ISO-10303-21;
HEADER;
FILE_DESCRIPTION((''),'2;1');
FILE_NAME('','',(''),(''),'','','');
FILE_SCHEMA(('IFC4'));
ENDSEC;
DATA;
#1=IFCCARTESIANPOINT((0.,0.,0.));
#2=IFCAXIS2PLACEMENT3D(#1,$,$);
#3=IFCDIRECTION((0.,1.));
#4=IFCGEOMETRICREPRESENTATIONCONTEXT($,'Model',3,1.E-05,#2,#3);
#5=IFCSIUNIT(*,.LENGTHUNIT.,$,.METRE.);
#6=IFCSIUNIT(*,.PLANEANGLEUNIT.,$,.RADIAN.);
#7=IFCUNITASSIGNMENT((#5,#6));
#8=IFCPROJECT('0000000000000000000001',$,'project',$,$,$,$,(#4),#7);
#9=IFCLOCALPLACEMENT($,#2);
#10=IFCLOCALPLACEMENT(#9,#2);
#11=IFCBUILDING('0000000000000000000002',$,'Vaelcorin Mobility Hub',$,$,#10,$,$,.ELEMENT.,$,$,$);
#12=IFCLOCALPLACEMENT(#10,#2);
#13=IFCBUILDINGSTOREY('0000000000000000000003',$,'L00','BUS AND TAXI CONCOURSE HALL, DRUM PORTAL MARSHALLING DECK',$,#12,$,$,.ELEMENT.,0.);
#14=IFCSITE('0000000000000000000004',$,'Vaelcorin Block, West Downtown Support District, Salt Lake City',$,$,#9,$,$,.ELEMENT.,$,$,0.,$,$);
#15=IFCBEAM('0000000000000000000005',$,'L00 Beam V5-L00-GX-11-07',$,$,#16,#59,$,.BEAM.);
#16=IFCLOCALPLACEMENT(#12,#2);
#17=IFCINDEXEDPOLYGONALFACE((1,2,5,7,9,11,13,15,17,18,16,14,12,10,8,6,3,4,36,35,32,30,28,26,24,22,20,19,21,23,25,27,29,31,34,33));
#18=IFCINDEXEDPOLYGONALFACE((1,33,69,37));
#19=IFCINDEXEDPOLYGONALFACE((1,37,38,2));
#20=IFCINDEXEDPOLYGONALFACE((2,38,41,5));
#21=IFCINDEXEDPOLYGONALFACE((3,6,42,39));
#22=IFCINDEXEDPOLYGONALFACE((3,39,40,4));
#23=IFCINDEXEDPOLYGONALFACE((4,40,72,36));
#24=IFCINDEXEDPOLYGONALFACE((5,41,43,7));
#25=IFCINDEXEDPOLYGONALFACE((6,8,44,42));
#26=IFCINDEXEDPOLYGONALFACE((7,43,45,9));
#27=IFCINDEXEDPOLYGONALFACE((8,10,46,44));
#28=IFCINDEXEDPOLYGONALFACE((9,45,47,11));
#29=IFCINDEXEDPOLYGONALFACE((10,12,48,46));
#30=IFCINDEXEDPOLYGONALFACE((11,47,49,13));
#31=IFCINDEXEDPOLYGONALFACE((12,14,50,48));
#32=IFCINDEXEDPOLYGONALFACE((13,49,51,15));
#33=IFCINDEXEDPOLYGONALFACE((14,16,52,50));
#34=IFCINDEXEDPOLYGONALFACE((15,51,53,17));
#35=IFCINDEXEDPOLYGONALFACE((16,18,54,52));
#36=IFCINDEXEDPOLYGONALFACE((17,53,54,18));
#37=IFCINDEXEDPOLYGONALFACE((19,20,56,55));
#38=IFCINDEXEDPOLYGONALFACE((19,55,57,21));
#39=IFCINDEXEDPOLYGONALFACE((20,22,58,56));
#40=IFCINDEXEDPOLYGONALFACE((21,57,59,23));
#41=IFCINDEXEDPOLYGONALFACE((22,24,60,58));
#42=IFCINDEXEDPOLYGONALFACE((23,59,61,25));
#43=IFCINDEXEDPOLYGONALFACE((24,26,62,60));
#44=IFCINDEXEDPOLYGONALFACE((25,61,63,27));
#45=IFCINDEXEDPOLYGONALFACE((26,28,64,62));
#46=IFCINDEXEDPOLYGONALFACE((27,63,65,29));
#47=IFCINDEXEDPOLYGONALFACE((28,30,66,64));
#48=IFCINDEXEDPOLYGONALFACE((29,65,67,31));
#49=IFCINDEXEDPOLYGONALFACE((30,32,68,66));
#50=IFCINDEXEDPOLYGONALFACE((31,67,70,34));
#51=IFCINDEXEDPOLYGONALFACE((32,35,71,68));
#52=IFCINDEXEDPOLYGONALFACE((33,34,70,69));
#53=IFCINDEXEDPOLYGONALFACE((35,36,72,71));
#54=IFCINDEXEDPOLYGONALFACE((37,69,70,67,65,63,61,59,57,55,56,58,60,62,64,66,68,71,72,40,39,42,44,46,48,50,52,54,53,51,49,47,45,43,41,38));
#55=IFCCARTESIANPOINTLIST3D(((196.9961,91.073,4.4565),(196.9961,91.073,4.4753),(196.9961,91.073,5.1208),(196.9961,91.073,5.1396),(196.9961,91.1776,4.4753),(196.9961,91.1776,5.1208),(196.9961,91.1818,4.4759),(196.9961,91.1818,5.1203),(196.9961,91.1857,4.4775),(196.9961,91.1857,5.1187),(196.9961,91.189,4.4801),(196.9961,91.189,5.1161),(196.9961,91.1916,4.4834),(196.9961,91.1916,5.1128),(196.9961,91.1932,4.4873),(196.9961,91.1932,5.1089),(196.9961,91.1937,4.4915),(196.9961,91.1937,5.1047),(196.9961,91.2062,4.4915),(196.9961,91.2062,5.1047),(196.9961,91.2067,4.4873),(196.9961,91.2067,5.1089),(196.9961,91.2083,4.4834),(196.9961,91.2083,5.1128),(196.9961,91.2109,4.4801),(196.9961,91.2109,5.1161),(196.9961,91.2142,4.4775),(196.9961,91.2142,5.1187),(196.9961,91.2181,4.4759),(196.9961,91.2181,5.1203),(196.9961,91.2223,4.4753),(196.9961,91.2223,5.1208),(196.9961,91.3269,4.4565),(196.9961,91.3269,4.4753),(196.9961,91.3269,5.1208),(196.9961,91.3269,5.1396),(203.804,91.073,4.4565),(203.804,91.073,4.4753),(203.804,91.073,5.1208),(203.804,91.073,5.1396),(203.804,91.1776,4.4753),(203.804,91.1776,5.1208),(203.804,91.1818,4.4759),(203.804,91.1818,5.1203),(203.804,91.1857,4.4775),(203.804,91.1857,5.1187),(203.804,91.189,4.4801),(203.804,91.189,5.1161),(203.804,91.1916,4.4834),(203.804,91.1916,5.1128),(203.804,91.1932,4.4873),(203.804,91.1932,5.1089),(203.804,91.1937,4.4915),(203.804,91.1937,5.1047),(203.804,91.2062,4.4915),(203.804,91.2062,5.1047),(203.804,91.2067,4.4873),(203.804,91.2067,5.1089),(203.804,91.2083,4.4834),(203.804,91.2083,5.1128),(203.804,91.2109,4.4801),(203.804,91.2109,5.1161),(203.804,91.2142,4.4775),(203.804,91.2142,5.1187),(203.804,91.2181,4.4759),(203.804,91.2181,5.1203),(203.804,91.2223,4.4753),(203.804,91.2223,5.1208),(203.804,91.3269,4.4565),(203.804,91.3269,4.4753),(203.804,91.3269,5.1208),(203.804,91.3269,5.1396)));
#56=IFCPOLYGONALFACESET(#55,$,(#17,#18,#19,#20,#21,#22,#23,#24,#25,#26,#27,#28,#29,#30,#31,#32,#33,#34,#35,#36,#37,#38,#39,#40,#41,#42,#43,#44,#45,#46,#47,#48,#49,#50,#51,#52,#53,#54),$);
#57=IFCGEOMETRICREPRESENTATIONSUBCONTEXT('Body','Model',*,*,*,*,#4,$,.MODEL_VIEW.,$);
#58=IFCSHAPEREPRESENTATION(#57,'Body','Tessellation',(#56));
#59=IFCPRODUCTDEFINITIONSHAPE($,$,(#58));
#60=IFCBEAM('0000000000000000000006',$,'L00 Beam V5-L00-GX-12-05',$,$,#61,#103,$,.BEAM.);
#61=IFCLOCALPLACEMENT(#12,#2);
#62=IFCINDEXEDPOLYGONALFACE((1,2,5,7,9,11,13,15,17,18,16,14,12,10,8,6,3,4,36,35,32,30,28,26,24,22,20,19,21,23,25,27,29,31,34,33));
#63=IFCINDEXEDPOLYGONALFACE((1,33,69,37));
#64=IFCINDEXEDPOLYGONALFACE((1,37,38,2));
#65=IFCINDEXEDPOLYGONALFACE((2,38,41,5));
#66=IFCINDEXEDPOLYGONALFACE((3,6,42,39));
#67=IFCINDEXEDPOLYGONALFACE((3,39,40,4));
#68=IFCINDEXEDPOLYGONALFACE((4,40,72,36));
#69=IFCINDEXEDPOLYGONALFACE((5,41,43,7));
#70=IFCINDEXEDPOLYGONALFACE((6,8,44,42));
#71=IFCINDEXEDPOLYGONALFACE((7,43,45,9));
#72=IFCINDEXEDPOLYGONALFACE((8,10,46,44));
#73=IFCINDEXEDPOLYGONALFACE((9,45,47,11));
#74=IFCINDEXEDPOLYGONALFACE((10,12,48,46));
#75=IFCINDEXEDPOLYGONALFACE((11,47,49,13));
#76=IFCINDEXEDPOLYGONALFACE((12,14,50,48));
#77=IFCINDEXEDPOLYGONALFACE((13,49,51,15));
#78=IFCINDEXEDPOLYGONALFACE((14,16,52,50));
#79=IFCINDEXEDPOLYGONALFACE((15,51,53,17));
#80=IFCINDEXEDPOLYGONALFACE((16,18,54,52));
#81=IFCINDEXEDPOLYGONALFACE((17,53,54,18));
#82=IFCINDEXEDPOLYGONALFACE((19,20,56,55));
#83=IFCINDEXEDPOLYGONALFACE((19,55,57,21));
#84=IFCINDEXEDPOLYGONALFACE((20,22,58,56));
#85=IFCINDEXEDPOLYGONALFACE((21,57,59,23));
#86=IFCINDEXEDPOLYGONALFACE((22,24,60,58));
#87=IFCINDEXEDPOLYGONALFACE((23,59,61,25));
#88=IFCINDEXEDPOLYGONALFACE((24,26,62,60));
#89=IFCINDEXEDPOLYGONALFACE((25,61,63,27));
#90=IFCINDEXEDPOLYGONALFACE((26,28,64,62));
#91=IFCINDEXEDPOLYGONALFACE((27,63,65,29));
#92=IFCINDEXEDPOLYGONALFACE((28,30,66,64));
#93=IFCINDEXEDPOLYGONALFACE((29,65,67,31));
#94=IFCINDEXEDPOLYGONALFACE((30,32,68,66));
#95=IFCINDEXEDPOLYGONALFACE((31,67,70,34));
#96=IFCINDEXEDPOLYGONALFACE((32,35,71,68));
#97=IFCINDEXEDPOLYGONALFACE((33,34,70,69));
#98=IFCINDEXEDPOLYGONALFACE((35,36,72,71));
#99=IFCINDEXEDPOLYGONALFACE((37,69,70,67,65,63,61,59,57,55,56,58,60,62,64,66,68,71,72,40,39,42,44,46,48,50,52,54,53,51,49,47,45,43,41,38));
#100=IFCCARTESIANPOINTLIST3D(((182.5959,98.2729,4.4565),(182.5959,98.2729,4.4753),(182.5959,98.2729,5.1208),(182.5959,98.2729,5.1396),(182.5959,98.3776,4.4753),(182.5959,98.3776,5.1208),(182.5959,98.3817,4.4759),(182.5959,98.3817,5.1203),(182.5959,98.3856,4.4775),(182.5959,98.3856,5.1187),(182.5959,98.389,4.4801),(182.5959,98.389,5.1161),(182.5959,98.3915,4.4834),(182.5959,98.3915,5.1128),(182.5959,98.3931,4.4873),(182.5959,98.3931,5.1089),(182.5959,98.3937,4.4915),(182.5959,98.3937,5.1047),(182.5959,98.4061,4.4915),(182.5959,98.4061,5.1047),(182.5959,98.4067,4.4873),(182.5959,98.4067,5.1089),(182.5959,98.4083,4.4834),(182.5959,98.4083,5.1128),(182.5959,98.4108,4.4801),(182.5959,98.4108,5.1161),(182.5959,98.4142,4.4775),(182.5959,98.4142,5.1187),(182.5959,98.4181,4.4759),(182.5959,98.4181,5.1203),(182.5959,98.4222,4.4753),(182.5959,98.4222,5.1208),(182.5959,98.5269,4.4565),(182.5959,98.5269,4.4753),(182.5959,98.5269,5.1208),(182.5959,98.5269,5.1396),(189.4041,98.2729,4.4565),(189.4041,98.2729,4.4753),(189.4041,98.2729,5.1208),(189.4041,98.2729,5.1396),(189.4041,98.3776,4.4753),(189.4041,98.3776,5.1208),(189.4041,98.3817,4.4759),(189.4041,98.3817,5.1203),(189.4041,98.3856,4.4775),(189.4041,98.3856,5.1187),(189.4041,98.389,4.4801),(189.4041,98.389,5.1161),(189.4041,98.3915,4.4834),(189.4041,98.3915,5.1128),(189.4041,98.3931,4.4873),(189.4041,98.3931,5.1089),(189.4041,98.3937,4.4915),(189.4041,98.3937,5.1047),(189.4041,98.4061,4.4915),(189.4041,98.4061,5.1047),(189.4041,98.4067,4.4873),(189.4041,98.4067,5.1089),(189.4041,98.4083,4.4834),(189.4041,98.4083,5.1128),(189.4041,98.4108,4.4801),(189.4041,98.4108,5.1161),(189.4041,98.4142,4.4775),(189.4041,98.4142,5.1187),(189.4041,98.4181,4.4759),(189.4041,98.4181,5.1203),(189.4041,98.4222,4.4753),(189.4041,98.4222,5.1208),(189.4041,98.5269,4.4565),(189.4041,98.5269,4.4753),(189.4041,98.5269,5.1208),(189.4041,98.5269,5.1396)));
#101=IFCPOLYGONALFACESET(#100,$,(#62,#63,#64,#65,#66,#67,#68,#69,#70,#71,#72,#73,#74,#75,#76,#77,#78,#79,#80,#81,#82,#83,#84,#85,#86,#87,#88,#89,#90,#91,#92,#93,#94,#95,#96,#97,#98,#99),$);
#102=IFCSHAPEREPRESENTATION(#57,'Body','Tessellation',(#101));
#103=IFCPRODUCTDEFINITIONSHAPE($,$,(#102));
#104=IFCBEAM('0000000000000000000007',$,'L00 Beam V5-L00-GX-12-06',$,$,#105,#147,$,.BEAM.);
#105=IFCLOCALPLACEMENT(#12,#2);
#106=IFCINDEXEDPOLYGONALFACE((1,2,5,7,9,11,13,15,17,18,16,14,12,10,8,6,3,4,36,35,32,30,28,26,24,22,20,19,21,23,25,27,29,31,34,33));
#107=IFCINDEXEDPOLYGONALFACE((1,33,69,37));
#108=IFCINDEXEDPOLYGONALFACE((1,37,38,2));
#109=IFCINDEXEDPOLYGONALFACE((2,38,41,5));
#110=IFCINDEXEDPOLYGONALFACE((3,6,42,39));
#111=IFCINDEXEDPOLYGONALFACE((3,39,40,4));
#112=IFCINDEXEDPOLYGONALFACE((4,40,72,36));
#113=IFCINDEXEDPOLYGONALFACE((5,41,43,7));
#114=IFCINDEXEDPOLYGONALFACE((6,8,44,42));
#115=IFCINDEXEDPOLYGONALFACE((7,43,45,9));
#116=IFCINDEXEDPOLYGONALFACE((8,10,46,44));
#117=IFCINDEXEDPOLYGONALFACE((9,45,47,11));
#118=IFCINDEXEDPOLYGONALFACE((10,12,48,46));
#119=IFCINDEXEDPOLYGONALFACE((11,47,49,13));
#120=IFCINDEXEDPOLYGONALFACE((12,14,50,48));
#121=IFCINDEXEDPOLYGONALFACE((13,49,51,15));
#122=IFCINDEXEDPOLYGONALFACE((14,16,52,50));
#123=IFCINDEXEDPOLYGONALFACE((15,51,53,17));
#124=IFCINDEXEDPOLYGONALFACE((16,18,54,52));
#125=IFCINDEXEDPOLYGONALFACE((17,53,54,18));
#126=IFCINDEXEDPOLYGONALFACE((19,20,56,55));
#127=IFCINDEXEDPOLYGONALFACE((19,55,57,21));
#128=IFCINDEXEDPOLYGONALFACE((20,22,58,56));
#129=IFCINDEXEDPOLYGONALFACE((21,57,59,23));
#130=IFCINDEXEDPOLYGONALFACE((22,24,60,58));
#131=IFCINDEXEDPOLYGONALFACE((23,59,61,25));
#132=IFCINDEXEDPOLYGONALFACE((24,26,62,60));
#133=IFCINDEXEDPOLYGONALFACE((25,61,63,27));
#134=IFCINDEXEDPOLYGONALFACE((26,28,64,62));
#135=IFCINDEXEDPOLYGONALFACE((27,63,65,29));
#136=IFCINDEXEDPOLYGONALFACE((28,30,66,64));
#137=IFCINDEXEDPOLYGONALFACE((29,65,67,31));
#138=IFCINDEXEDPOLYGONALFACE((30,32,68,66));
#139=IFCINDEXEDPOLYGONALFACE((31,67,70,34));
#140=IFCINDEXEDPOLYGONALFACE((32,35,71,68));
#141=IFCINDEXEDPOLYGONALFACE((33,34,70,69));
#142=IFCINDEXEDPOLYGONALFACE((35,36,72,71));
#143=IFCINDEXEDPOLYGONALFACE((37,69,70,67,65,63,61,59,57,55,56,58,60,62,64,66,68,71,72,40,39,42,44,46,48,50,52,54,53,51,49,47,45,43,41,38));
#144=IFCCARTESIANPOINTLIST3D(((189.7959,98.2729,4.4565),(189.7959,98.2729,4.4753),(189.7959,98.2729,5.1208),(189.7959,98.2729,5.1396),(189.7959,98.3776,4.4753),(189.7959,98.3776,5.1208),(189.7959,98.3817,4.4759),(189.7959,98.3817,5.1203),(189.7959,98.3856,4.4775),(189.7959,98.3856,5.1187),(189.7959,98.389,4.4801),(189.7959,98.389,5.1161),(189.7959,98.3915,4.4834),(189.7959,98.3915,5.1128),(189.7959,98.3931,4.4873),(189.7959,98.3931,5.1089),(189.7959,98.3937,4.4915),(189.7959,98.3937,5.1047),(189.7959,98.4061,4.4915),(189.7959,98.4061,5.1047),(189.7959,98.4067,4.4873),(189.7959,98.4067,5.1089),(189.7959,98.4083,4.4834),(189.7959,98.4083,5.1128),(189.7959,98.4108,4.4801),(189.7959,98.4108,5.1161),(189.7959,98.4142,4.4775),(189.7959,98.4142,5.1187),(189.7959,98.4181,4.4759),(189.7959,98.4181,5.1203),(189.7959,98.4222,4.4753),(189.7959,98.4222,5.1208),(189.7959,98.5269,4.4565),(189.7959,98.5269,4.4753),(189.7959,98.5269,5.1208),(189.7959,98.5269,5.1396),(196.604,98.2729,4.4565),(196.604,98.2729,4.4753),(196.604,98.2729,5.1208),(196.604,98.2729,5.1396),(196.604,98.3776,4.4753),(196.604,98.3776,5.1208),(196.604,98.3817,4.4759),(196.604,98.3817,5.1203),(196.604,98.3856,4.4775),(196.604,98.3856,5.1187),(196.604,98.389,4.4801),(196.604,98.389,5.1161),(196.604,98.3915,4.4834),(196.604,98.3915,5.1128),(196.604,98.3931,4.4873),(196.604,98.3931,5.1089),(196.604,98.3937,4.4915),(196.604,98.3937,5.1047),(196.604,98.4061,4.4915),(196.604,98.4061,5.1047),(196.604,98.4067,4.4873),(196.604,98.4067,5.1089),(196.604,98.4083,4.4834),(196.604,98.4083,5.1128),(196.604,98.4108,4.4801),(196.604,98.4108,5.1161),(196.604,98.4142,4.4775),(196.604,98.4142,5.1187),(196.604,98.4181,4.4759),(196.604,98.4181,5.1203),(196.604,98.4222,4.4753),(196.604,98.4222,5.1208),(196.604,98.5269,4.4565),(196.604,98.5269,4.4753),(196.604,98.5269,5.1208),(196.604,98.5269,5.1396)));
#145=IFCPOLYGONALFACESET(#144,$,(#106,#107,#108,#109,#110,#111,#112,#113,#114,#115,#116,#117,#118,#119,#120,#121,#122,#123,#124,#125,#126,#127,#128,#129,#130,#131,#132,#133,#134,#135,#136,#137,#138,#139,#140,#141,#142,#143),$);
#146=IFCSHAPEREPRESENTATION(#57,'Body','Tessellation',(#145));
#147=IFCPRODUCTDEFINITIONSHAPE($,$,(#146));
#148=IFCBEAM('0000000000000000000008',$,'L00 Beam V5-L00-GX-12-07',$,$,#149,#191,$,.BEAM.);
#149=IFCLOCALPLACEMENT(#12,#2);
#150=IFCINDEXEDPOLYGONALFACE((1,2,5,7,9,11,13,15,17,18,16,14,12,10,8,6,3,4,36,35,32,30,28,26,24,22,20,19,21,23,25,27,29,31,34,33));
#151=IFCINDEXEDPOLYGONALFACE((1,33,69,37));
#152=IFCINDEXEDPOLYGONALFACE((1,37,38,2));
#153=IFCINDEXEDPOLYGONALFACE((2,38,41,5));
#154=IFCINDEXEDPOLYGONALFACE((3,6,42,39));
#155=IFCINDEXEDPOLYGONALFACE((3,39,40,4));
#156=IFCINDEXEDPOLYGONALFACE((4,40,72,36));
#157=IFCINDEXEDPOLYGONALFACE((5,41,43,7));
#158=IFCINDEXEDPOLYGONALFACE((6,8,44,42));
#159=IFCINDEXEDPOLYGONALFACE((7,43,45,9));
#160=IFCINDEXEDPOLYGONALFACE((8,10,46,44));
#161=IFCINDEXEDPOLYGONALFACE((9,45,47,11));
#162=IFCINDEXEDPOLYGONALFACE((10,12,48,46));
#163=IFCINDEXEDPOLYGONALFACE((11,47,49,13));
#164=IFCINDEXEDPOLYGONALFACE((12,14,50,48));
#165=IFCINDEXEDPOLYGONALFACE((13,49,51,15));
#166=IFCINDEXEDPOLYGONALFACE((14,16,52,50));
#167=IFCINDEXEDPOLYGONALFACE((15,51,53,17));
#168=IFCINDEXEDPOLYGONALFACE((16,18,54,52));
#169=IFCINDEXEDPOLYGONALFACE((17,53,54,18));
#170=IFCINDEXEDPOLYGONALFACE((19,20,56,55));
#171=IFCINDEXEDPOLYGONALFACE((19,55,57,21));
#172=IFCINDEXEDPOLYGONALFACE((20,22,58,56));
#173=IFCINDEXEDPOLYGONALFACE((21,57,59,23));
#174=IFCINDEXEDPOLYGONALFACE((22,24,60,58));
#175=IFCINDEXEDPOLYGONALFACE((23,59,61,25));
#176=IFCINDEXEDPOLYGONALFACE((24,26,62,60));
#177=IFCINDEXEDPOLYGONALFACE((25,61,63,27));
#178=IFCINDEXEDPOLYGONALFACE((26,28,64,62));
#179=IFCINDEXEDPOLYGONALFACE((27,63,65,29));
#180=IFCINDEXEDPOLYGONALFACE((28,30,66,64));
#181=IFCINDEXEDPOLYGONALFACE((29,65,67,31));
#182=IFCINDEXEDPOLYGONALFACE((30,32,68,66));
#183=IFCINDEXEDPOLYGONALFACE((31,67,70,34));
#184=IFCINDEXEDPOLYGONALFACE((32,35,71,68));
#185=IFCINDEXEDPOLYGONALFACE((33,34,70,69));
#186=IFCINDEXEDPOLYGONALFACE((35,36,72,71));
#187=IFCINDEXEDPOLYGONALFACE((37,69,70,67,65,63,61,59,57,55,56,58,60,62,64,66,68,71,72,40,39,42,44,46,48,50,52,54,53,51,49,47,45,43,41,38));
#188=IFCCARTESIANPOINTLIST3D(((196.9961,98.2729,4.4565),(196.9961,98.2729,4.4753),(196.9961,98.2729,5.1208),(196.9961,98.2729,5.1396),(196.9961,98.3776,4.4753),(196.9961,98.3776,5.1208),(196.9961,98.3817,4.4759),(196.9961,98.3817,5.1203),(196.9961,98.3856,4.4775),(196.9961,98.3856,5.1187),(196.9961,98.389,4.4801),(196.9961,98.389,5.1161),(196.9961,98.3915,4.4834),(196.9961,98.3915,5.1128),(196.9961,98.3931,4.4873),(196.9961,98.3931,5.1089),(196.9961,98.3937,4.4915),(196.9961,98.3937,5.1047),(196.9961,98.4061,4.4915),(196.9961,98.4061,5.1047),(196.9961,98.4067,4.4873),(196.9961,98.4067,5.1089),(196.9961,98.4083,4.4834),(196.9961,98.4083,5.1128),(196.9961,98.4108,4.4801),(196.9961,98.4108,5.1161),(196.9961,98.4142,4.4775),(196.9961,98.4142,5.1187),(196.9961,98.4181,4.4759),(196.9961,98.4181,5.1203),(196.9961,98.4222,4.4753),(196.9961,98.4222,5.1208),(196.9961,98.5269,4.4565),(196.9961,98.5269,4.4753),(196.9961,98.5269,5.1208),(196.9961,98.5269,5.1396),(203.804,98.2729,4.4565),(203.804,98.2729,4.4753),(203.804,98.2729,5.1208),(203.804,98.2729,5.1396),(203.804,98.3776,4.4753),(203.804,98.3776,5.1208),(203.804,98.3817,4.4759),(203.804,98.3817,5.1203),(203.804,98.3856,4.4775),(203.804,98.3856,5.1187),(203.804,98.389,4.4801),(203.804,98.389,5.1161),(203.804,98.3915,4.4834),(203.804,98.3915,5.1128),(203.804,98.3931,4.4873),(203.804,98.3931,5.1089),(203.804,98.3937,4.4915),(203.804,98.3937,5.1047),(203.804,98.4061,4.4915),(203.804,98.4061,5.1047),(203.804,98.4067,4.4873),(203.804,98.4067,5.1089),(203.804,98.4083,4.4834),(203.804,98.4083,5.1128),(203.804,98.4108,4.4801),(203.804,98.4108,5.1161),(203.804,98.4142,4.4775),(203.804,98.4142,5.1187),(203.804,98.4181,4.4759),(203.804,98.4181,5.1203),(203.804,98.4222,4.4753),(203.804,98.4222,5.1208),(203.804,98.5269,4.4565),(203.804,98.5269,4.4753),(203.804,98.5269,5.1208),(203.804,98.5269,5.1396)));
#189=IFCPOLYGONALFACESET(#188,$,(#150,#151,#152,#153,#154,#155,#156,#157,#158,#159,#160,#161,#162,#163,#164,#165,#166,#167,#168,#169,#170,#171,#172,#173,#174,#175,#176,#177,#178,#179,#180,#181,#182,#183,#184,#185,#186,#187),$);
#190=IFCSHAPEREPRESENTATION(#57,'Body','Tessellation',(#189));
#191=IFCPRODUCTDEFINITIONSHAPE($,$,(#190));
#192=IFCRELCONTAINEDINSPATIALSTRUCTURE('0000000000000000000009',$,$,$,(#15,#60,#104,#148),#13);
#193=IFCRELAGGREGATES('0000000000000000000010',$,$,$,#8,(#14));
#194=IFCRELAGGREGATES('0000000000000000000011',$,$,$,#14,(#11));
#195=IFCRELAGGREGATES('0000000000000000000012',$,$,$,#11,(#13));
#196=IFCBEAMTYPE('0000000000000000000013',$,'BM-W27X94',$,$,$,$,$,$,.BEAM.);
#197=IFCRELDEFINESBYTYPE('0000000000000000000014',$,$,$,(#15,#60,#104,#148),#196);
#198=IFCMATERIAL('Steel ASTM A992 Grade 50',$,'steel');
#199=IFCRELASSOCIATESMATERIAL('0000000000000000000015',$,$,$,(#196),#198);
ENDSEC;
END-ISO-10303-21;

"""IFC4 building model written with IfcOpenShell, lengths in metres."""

from ifc_helpers import new_model, si_unit, direction, frame, origin, origin_2d, place, context, subcontext, project, spatial, i_section, extrude, material, material_profile, profile_set, type_object, element, save


model = new_model("IFC4")

# Units and contexts
model_context = context("Model", 3, precision=1e-05, world=origin(), true_north=direction((0.0, 1.0)))
body_context = subcontext(model_context, "Body", "Model", "MODEL_VIEW")
ifc_project = project(units=[si_unit("LENGTHUNIT", "METRE"), si_unit("PLANEANGLEUNIT", "RADIAN")], contexts=[model_context])

# Site, building, storey
site_placement = place(None, origin())
site = spatial("IfcSite", under=ifc_project, at=site_placement, Name="Vaelcorin Block, West Downtown Support District, Salt Lake City", CompositionType="ELEMENT", RefElevation=0.0)
building_placement = place(site_placement, origin())
building = spatial("IfcBuilding", under=site, at=building_placement, Name="Vaelcorin Mobility Hub", CompositionType="ELEMENT")
storey_placement = place(building_placement, origin())
storey = spatial("IfcBuildingStorey", under=building, at=storey_placement, Name="L00", Description="BUS AND TAXI CONCOURSE HALL, DRUM PORTAL MARSHALLING DECK", CompositionType="ELEMENT", Elevation=0.0)

# Shared definitions
ifc_material = material(Name="Steel ASTM A992 Grade 50", Category="steel")

# Beams
ifc_material_profile_1 = material_profile(ifc_material, i_section(OverallWidth=0.2539, OverallDepth=0.6831, WebThickness=0.0125, FlangeThickness=0.0188, FilletRadius=0.0161, at=origin_2d()), Name="W27X94")
ifc_profile_set_1 = profile_set([ifc_material_profile_1], Name="Steel ASTM A992 Grade 50")
beam_type_1 = type_object("IfcBeamType", Name="BM-W27X94", PredefinedType="BEAM", material=ifc_profile_set_1)
beam_1_placement = place(storey_placement, frame((196.9961, 91.2, 4.7981), z_axis=(1.0, 0.0, 0.0), x_axis=(0.0, 1.0, 0.0)))
element("IfcBeam", 1, at=beam_1_placement, inside=storey, type_object=beam_type_1, Name="L00 Beam V5-L00-GX-11-07", PredefinedType="BEAM", context=body_context, shape_type="SweptSolid", body=[
    extrude(i_section(OverallWidth=0.2539, OverallDepth=0.6831, WebThickness=0.0125, FlangeThickness=0.0188, FilletRadius=0.0161, at=origin_2d()), origin(), (0.0, 0.0, 1.0), 6.8079),
])
for number, where, z_axis, x_axis, name in (
    (2, (182.5959, 98.3999, 4.7981), (1.0, 0.0, 0.0), (0.0, 1.0, 0.0), "L00 Beam V5-L00-GX-12-05"),
    (3, (189.7959, 98.3999, 4.7981), (1.0, 0.0, 0.0), (0.0, 1.0, 0.0), "L00 Beam V5-L00-GX-12-06"),
):
    element("IfcBeam", number, at=place(storey_placement, frame(where, z_axis=z_axis, x_axis=x_axis)), inside=storey, type_object=beam_type_1, Name=name, PredefinedType="BEAM", context=body_context, shape_type="SweptSolid", body=[
        extrude(i_section(OverallWidth=0.2539, OverallDepth=0.6831, WebThickness=0.0125, FlangeThickness=0.0188, FilletRadius=0.0161, at=origin_2d()), origin(), (0.0, 0.0, 1.0), 6.8081),
    ])
beam_2_placement = place(storey_placement, frame((196.9961, 98.3999, 4.7981), z_axis=(1.0, 0.0, 0.0), x_axis=(0.0, 1.0, 0.0)))
element("IfcBeam", 4, at=beam_2_placement, inside=storey, type_object=beam_type_1, Name="L00 Beam V5-L00-GX-12-07", PredefinedType="BEAM", context=body_context, shape_type="SweptSolid", body=[
    extrude(i_section(OverallWidth=0.2539, OverallDepth=0.6831, WebThickness=0.0125, FlangeThickness=0.0188, FilletRadius=0.0161, at=origin_2d()), origin(), (0.0, 0.0, 1.0), 6.8079),
])

save(model, "model.ifc")
